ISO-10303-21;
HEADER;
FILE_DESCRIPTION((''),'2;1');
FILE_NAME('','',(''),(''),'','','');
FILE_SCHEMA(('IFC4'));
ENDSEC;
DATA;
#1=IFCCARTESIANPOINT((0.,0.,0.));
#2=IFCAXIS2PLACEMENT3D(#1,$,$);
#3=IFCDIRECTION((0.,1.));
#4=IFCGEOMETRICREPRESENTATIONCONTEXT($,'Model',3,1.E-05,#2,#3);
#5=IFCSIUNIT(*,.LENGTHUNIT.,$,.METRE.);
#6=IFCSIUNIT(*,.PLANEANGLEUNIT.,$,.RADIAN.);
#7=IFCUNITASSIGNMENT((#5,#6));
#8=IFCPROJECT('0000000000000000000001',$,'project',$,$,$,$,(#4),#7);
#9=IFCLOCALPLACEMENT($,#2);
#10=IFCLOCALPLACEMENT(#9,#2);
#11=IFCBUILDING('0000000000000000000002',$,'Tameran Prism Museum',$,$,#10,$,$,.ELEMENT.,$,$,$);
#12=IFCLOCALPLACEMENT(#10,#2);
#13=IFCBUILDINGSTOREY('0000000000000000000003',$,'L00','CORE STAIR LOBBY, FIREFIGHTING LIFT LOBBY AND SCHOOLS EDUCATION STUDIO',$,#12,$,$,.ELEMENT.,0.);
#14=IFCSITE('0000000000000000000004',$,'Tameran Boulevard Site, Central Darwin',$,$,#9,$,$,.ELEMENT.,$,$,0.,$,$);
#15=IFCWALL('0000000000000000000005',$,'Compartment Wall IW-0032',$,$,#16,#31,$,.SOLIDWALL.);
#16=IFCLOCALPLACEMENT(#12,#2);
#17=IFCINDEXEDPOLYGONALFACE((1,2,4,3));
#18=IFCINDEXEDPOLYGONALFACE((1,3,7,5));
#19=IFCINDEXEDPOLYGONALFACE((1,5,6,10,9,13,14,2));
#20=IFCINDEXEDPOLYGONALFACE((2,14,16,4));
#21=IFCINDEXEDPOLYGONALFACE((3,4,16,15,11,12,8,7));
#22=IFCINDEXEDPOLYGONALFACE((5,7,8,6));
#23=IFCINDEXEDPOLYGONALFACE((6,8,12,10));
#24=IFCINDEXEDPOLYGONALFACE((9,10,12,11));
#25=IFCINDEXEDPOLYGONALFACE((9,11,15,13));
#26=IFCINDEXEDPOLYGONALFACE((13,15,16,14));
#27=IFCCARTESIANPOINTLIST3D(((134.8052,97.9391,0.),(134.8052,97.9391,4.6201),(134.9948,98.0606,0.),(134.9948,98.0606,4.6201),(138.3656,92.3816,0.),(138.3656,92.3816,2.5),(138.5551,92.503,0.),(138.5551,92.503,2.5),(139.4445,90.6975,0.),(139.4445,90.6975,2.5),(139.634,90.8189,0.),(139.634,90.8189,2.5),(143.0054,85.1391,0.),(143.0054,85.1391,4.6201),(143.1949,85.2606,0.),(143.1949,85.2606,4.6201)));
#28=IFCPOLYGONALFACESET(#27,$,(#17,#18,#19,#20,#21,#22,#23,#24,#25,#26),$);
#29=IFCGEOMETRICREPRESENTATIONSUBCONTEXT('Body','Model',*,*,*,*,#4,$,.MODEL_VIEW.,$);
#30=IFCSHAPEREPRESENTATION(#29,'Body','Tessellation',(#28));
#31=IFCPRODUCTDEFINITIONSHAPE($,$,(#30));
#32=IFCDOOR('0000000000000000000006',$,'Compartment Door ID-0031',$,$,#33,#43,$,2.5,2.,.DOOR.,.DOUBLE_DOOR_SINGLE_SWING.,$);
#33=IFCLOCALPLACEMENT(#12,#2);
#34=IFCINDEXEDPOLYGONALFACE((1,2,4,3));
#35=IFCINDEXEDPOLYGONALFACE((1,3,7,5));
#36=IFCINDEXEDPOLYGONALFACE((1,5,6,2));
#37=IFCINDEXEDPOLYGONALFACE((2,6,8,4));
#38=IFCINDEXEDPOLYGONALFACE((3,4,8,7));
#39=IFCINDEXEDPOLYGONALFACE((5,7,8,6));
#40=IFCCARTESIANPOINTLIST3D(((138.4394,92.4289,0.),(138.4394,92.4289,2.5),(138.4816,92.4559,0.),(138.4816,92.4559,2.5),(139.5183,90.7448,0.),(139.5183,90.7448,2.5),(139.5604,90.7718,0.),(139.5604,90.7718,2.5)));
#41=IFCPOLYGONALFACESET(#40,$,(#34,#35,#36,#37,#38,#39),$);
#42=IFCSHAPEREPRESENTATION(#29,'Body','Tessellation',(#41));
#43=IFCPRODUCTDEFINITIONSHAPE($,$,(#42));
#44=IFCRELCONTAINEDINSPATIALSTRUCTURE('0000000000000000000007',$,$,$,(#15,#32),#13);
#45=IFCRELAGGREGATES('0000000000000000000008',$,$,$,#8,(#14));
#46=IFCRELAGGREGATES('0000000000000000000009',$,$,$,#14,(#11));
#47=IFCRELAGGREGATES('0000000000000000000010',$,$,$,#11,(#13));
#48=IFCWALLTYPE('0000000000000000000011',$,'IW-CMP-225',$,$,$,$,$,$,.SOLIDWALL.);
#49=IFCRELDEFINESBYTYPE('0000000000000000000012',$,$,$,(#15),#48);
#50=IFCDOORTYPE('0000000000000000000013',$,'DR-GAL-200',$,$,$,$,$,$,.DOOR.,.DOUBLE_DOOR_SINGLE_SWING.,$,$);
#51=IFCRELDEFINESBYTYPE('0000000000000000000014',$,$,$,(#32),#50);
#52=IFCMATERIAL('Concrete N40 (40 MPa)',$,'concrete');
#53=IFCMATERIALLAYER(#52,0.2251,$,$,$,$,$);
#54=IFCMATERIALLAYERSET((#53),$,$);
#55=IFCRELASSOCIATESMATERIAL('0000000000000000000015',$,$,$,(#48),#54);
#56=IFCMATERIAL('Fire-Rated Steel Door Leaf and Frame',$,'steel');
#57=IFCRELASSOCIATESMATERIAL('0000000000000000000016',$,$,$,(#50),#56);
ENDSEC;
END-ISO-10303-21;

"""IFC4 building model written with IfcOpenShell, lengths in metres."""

from ifc_helpers import new_model, si_unit, direction, frame, frame_2d, origin, place, context, subcontext, project, spatial, rectangle, extrude, material, layer, layer_set, type_object, element, fill, save


model = new_model("IFC4")

# Units and contexts
model_context = context("Model", 3, precision=1e-05, world=origin(), true_north=direction((0.0, 1.0)))
body_context = subcontext(model_context, "Body", "Model", "MODEL_VIEW")
ifc_project = project(units=[si_unit("LENGTHUNIT", "METRE"), si_unit("PLANEANGLEUNIT", "RADIAN")], contexts=[model_context])

# Site, building, storey
site_placement = place(None, origin())
site = spatial("IfcSite", under=ifc_project, at=site_placement, Name="Tameran Boulevard Site, Central Darwin", CompositionType="ELEMENT", RefElevation=0.0)
building_placement = place(site_placement, origin())
building = spatial("IfcBuilding", under=site, at=building_placement, Name="Tameran Prism Museum", CompositionType="ELEMENT")
storey_placement = place(building_placement, origin())
storey = spatial("IfcBuildingStorey", under=building, at=storey_placement, Name="L00", Description="CORE STAIR LOBBY, FIREFIGHTING LIFT LOBBY AND SCHOOLS EDUCATION STUDIO", CompositionType="ELEMENT", Elevation=0.0)

# Wall, opening, door
ifc_material_1 = material(Name="Concrete N40 (40 MPa)", Category="concrete")
ifc_layer_1 = layer(ifc_material_1, 0.2251)
ifc_layer_set_1 = layer_set([ifc_layer_1])
wall_type_1 = type_object("IfcWallType", Name="IW-CMP-225", PredefinedType="SOLIDWALL", material=ifc_layer_set_1)
wall_1_placement = place(storey_placement, frame((143.1001, 85.2, 0.0), z_axis=(0.0, 0.0, 1.0), x_axis=(-0.539435, 0.842027, 0.0)))
wall_1 = element("IfcWall", 1, at=wall_1_placement, inside=storey, type_object=wall_type_1, Name="Compartment Wall IW-0032", PredefinedType="SOLIDWALL", context=body_context, shape_type="SweptSolid", body=[
    extrude(rectangle(XDim=15.2014, YDim=0.2251, at=frame_2d((7.6006, 0.0))), origin(), (0.0, 0.0, 1.0), 4.6201),
])
opening_placement = place(wall_1_placement, frame((6.6011, 0.0, 0.0)))
opening = element("IfcOpeningElement", 2, at=opening_placement, cuts=wall_1, PredefinedType="OPENING", context=body_context, shape_type="SweptSolid", body=[
    extrude(rectangle(XDim=2.0, YDim=2.5, at=frame_2d((1.0, 1.25))), frame((0.0, 0.1226, 0.0), z_axis=(0.0, -1.0, 0.0), x_axis=(1.0, 0.0, 0.0)), (0.0, 0.0, 1.0), 0.2451),
])
ifc_material_2 = material(Name="Fire-Rated Steel Door Leaf and Frame", Category="steel")
door_type = type_object("IfcDoorType", Name="DR-GAL-200", OperationType="DOUBLE_DOOR_SINGLE_SWING", PredefinedType="DOOR", material=ifc_material_2)
door_placement = place(opening_placement, origin())
door = element("IfcDoor", 3, at=door_placement, inside=storey, type_object=door_type, Name="Compartment Door ID-0031", OperationType="DOUBLE_DOOR_SINGLE_SWING", OverallHeight=2.5, OverallWidth=2.0, PredefinedType="DOOR", context=body_context, shape_type="SweptSolid", body=[
    extrude(rectangle(XDim=2.0, YDim=2.5, at=frame_2d((1.0, 1.25))), frame((0.0, 0.0249, 0.0), z_axis=(0.0, -1.0, 0.0), x_axis=(1.0, 0.0, 0.0)), (0.0, 0.0, 1.0), 0.05),
])
fill(opening, door)

save(model, "model.ifc")
